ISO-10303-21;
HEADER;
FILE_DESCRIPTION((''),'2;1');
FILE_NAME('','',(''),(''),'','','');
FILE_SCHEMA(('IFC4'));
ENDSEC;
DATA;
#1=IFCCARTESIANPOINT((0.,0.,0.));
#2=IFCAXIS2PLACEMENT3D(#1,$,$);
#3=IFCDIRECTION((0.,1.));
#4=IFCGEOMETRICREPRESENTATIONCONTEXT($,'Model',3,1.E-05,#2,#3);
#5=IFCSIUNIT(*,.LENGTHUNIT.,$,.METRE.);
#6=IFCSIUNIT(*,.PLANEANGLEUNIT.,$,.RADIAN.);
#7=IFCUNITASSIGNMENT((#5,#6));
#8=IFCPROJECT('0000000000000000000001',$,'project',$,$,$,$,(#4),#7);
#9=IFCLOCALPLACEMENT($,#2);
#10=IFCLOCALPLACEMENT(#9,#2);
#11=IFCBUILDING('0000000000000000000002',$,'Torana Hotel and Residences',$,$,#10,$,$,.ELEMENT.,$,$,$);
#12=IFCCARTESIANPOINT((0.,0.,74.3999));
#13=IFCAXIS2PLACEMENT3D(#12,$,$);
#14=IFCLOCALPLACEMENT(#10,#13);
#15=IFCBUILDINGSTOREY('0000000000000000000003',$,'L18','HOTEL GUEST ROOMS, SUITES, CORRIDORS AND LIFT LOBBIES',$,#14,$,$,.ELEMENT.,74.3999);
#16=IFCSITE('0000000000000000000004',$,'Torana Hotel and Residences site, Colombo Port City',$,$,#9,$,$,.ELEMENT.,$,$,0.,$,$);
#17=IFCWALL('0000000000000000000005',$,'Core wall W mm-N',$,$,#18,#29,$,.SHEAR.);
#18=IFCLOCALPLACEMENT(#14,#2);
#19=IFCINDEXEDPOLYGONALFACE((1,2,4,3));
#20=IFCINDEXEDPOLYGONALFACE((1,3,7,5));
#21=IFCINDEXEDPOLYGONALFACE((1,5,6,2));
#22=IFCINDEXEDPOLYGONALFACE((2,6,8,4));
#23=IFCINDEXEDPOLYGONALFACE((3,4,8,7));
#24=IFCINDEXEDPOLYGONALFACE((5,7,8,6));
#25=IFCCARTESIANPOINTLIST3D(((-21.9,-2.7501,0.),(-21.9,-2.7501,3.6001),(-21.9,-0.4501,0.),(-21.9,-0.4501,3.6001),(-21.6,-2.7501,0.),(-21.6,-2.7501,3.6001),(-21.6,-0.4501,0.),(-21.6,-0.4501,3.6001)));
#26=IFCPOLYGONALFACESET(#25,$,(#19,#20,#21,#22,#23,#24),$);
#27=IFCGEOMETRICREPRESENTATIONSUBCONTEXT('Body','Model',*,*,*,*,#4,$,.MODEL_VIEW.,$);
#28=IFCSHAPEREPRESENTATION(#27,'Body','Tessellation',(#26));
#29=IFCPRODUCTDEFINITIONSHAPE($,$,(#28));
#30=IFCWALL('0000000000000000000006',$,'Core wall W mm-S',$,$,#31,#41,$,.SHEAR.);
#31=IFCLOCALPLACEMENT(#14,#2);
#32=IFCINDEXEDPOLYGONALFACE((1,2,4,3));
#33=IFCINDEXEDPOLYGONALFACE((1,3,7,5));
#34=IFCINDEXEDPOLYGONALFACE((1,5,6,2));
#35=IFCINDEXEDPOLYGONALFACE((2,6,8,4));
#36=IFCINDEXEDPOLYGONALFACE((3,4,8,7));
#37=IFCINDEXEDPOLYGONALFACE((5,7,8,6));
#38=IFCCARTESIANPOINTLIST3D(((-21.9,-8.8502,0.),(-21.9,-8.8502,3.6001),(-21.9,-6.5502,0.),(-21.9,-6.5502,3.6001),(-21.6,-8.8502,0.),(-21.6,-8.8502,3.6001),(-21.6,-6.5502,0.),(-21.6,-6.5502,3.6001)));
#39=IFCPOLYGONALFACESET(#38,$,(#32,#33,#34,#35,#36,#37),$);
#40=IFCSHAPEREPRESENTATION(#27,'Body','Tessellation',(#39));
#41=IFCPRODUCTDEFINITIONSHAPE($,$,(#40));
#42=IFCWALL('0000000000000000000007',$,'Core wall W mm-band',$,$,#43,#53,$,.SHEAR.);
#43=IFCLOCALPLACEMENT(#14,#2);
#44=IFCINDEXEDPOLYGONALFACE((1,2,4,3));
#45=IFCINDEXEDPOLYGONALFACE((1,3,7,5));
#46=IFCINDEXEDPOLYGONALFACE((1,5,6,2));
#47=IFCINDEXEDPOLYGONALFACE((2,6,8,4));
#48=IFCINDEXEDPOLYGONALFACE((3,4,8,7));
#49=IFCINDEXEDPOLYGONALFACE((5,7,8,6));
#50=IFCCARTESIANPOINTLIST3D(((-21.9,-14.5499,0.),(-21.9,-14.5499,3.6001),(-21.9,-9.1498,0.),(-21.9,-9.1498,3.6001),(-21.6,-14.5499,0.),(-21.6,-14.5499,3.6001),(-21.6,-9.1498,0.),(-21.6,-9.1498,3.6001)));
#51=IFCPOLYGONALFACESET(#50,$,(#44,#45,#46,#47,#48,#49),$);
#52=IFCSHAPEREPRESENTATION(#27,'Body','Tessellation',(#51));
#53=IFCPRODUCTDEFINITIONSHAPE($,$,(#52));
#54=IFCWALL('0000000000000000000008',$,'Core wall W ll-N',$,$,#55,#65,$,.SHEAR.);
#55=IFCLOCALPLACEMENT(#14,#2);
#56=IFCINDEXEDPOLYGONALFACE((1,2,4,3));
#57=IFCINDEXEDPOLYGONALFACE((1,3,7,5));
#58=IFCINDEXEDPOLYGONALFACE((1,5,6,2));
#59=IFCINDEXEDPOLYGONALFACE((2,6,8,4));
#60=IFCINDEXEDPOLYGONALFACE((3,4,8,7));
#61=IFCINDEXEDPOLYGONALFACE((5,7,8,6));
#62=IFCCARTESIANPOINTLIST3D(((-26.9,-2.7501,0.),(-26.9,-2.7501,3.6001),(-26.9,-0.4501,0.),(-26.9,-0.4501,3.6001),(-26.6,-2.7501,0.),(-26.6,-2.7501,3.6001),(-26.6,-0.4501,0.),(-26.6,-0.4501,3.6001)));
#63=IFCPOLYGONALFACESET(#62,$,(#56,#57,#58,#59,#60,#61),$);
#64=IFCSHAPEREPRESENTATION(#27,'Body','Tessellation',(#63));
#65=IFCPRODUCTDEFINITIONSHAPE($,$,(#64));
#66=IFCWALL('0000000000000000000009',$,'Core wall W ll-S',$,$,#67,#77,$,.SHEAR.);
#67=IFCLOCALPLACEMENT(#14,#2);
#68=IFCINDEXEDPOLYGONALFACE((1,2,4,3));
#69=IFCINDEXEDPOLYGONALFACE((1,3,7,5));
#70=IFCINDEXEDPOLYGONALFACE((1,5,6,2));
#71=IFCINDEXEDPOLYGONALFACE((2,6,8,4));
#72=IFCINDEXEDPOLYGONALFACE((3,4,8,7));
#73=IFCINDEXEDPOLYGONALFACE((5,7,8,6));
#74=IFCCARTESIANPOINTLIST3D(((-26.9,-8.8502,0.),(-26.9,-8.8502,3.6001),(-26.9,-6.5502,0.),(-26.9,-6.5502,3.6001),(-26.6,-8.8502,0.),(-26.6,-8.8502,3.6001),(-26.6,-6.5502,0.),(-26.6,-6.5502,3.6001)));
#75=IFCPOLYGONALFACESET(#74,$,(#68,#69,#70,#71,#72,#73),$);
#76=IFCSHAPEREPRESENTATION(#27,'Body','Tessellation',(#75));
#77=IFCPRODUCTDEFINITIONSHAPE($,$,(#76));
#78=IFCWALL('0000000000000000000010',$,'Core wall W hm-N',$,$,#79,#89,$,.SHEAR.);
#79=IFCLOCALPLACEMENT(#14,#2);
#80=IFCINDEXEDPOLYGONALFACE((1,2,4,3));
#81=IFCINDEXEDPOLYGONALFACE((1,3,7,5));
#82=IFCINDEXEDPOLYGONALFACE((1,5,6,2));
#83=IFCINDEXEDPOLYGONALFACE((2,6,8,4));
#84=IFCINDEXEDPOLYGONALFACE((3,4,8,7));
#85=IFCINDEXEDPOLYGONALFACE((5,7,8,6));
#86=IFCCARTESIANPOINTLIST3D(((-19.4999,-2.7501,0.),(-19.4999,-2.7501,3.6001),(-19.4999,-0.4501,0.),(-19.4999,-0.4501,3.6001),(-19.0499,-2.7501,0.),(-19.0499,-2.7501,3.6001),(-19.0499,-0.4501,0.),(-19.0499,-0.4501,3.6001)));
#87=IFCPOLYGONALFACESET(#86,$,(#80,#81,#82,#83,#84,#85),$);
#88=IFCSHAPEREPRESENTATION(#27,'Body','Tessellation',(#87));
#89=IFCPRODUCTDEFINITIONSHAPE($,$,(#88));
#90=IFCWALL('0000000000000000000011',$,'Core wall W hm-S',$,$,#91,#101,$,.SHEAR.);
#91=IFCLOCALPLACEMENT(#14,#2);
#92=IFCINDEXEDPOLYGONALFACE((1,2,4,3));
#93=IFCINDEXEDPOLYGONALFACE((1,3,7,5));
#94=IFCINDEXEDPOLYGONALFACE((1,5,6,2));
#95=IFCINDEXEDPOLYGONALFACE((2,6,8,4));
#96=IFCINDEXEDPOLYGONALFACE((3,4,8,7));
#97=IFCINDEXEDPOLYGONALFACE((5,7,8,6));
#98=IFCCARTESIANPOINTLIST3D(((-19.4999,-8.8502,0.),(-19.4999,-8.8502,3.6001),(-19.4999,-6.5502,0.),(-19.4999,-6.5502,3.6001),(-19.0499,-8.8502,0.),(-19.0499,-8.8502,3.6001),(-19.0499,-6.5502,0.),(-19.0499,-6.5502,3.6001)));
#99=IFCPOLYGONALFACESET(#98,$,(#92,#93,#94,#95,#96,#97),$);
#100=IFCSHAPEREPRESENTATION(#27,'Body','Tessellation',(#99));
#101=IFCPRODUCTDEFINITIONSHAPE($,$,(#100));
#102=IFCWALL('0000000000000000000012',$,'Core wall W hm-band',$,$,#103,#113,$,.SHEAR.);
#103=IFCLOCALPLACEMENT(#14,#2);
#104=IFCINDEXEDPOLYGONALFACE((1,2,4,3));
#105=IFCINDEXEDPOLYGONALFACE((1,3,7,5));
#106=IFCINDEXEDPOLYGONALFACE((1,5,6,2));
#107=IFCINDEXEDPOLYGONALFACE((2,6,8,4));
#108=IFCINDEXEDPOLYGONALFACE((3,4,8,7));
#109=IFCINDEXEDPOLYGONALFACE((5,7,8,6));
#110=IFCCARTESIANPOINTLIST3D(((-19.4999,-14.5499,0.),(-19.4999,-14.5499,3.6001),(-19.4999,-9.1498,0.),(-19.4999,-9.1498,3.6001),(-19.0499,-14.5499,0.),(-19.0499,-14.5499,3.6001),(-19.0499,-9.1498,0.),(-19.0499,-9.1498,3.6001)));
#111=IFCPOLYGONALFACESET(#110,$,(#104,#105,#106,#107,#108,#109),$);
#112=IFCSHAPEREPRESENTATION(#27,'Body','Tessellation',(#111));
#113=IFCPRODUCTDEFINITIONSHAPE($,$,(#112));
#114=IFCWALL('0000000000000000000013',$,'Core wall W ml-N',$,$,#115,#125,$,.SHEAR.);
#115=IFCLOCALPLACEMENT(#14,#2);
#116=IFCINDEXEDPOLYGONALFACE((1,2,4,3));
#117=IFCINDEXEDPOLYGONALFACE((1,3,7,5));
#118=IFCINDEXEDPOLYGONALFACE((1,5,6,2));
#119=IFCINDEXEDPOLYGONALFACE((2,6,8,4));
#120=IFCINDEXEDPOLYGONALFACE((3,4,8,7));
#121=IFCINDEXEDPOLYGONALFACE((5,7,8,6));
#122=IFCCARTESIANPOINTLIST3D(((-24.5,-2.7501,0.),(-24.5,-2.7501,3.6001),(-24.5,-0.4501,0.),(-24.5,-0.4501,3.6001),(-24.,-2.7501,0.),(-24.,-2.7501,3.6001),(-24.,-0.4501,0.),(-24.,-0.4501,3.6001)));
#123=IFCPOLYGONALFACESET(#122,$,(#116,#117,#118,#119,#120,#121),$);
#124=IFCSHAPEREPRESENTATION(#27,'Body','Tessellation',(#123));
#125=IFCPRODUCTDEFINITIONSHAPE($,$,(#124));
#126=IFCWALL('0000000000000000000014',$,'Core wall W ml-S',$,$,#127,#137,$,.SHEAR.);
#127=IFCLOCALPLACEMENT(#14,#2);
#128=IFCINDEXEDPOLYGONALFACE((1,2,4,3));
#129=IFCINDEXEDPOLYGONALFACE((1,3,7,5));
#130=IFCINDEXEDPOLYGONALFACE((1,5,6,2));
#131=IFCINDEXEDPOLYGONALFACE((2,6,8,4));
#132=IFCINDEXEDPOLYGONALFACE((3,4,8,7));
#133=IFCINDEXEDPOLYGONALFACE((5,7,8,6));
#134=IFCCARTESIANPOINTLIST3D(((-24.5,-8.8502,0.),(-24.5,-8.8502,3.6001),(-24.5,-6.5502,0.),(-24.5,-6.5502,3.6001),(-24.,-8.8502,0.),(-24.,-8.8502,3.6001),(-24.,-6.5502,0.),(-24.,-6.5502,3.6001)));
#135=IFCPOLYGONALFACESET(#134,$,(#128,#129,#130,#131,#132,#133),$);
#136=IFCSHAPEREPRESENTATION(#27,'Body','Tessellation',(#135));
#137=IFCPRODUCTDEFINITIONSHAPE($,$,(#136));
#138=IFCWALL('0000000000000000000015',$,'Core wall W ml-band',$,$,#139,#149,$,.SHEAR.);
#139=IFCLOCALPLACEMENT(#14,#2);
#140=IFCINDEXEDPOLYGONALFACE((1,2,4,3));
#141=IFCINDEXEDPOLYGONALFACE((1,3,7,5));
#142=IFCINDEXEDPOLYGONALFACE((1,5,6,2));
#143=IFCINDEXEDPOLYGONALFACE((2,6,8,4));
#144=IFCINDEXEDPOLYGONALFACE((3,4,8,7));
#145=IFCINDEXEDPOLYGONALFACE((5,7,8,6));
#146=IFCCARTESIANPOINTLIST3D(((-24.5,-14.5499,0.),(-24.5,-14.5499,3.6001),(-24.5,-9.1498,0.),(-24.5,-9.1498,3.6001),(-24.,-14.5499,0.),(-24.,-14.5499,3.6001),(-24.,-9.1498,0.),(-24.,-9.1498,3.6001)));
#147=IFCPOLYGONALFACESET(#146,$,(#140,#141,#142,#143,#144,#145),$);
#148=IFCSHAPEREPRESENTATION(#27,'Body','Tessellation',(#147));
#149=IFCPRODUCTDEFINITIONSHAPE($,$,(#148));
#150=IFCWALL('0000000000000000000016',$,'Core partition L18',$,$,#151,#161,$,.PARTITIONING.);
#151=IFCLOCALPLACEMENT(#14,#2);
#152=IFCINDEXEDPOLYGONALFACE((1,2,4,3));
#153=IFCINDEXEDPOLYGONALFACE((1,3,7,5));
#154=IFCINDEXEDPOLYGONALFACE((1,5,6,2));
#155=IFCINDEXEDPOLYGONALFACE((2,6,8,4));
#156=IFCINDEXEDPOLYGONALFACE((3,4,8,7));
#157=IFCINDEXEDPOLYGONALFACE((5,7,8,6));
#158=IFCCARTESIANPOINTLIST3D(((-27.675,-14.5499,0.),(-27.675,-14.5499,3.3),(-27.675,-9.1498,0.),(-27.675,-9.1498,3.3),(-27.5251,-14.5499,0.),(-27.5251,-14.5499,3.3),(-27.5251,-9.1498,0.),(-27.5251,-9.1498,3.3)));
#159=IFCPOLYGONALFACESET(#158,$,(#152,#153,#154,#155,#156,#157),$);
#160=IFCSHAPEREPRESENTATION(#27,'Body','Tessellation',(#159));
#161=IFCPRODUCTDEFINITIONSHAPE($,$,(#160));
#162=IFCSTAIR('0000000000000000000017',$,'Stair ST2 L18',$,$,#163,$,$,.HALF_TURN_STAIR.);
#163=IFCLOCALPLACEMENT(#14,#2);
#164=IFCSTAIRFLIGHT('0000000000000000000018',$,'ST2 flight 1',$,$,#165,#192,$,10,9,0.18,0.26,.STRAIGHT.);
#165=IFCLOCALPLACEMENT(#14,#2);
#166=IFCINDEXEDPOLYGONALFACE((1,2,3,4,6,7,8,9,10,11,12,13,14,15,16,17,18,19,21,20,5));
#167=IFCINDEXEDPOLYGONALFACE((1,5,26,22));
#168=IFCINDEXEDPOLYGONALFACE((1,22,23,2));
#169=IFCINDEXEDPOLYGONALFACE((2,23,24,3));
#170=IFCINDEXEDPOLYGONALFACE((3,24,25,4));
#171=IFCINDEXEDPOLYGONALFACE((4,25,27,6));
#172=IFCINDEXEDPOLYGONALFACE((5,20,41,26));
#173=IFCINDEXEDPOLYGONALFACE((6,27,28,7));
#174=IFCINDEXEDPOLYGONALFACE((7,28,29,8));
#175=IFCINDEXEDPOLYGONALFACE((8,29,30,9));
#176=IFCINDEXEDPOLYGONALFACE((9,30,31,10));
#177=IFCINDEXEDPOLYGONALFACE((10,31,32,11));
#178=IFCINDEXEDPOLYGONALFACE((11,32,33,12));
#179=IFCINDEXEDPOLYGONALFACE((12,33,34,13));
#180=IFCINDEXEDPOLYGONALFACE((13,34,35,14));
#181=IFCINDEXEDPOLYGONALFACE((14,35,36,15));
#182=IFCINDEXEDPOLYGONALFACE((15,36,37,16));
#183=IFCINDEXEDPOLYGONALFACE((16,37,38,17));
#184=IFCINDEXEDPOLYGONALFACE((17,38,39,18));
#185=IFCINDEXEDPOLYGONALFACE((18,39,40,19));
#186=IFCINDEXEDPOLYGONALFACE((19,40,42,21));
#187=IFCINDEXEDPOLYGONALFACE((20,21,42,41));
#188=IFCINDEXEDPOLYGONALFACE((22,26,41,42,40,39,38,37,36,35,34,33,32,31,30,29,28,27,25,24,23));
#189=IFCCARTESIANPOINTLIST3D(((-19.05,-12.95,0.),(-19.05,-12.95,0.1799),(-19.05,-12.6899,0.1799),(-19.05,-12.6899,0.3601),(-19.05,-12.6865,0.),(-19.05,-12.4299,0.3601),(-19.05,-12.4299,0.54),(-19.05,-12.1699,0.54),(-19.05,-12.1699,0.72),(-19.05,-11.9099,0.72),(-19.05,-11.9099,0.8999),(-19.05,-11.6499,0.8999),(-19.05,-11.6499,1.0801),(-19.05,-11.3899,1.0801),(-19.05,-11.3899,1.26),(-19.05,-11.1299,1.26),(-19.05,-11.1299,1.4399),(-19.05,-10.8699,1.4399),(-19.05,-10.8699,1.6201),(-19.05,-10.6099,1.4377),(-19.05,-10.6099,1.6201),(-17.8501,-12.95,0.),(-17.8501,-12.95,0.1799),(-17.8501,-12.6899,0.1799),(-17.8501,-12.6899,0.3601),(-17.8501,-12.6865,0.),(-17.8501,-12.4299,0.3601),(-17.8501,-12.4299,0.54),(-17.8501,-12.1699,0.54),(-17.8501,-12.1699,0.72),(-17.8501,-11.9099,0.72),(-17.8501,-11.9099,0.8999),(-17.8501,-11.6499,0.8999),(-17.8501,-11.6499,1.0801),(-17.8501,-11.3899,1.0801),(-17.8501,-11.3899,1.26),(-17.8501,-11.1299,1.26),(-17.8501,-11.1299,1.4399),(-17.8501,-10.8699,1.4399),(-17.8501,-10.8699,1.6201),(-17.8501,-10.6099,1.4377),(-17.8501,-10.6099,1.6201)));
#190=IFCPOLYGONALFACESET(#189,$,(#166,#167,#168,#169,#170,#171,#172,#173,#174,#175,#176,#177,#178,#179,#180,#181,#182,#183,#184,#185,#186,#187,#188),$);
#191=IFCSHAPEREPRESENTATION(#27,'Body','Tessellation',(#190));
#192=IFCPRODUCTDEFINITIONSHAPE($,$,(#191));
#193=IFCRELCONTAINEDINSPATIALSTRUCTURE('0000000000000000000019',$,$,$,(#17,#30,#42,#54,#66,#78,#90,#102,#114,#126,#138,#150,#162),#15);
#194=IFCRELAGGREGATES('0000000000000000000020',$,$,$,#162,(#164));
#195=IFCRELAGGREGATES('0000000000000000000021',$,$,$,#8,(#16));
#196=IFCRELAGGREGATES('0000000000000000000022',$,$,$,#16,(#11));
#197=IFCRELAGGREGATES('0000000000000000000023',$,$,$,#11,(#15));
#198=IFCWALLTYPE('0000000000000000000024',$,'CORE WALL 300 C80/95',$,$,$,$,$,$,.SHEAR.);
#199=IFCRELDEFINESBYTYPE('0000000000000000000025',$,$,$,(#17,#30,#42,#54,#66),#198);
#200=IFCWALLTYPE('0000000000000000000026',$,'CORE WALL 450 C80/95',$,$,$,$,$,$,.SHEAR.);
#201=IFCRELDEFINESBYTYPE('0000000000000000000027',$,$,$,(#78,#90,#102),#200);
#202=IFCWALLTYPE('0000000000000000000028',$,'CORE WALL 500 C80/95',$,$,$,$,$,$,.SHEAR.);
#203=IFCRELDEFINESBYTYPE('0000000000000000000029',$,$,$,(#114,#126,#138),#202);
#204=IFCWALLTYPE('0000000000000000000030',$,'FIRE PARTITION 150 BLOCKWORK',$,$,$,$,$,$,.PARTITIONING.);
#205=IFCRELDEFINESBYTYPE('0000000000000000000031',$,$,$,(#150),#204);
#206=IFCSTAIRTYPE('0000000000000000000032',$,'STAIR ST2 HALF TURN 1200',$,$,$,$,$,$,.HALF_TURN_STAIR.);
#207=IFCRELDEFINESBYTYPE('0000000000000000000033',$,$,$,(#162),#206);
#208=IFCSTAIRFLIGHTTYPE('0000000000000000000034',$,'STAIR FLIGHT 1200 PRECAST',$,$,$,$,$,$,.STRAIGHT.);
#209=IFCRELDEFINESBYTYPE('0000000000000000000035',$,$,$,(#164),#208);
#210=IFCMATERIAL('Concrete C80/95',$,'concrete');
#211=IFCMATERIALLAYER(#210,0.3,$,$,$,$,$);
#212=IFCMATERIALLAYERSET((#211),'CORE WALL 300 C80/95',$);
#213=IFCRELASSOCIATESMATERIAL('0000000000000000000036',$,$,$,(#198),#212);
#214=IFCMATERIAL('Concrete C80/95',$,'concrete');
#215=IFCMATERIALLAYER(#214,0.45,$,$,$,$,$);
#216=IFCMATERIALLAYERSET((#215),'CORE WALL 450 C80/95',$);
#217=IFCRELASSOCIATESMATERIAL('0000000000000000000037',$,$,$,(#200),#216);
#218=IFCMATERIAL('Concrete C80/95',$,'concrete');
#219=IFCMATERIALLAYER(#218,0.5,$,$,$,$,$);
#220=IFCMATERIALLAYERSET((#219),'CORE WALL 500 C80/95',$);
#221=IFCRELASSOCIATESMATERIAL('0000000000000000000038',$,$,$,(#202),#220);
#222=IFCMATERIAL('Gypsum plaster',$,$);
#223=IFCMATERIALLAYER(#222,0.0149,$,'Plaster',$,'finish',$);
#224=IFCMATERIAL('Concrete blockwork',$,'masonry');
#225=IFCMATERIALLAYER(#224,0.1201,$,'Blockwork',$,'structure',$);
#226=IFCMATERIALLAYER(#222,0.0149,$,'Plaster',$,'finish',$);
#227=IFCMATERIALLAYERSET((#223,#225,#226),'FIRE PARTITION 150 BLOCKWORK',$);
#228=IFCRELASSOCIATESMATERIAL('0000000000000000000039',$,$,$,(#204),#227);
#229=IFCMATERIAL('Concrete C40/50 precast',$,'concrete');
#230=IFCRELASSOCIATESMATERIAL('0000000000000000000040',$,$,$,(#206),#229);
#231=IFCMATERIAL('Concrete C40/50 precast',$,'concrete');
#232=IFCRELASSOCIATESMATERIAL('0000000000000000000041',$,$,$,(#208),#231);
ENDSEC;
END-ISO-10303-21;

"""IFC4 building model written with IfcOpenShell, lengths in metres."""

from ifc_helpers import new_model, si_unit, direction, frame, frame_2d, origin, place, context, subcontext, project, spatial, polyline, rectangle, outline, extrude, material, layer, layer_set, type_object, element, aggregate, save


model = new_model("IFC4")

# Units and contexts
model_context = context("Model", 3, precision=1e-05, world=origin(), true_north=direction((0.0, 1.0)))
body_context = subcontext(model_context, "Body", "Model", "MODEL_VIEW")
ifc_project = project(units=[si_unit("LENGTHUNIT", "METRE"), si_unit("PLANEANGLEUNIT", "RADIAN")], contexts=[model_context])

# Site, building, storey
site_placement = place(None, origin())
site = spatial("IfcSite", under=ifc_project, at=site_placement, Name="Torana Hotel and Residences site, Colombo Port City", CompositionType="ELEMENT", RefElevation=0.0)
building_placement = place(site_placement, origin())
building = spatial("IfcBuilding", under=site, at=building_placement, Name="Torana Hotel and Residences", CompositionType="ELEMENT")
storey_placement = place(building_placement, frame((0.0, 0.0, 74.3999)))
storey = spatial("IfcBuildingStorey", under=building, at=storey_placement, Name="L18", Description="HOTEL GUEST ROOMS, SUITES, CORRIDORS AND LIFT LOBBIES", CompositionType="ELEMENT", Elevation=74.3999)

# Walls
ifc_material_1 = material(Name="Concrete C80/95", Category="concrete")
ifc_layer_1 = layer(ifc_material_1, 0.3)
ifc_layer_set_1 = layer_set([ifc_layer_1], Name="CORE WALL 300 C80/95")
wall_type_1 = type_object("IfcWallType", Name="CORE WALL 300 C80/95", PredefinedType="SHEAR", material=ifc_layer_set_1)
for number, where, z_axis, x_axis, name in (
    (1, (-21.75, -2.75, 0.0), (0.0, 0.0, 1.0), (0.0, 1.0, 0.0), "Core wall W mm-N"),
    (2, (-21.75, -8.8501, 0.0), (0.0, 0.0, 1.0), (0.0, 1.0, 0.0), "Core wall W mm-S"),
):
    element("IfcWall", number, at=place(storey_placement, frame(where, z_axis=z_axis, x_axis=x_axis)), inside=storey, type_object=wall_type_1, Name=name, PredefinedType="SHEAR", context=body_context, shape_type="SweptSolid", body=[
        extrude(rectangle(XDim=2.3, YDim=0.3, at=frame_2d((1.1499, 0.0))), origin(), (0.0, 0.0, 1.0), 3.6001),
    ])
wall_1_placement = place(storey_placement, frame((-21.75, -14.55, 0.0), z_axis=(0.0, 0.0, 1.0), x_axis=(0.0, 1.0, 0.0)))
element("IfcWall", 3, at=wall_1_placement, inside=storey, type_object=wall_type_1, Name="Core wall W mm-band", PredefinedType="SHEAR", context=body_context, shape_type="SweptSolid", body=[
    extrude(rectangle(XDim=5.4001, YDim=0.3, at=frame_2d((2.7002, 0.0))), origin(), (0.0, 0.0, 1.0), 3.6001),
])
for number, where, z_axis, x_axis, name in (
    (4, (-26.75, -2.75, 0.0), (0.0, 0.0, 1.0), (0.0, 1.0, 0.0), "Core wall W ll-N"),
    (5, (-26.75, -8.8501, 0.0), (0.0, 0.0, 1.0), (0.0, 1.0, 0.0), "Core wall W ll-S"),
):
    element("IfcWall", number, at=place(storey_placement, frame(where, z_axis=z_axis, x_axis=x_axis)), inside=storey, type_object=wall_type_1, Name=name, PredefinedType="SHEAR", context=body_context, shape_type="SweptSolid", body=[
        extrude(rectangle(XDim=2.3, YDim=0.3, at=frame_2d((1.1499, 0.0))), origin(), (0.0, 0.0, 1.0), 3.6001),
    ])
ifc_material_2 = material(Name="Concrete C80/95", Category="concrete")
ifc_layer_2 = layer(ifc_material_2, 0.45)
ifc_layer_set_2 = layer_set([ifc_layer_2], Name="CORE WALL 450 C80/95")
wall_type_2 = type_object("IfcWallType", Name="CORE WALL 450 C80/95", PredefinedType="SHEAR", material=ifc_layer_set_2)
for number, where, z_axis, x_axis, name in (
    (6, (-19.2749, -2.75, 0.0), (0.0, 0.0, 1.0), (0.0, 1.0, 0.0), "Core wall W hm-N"),
    (7, (-19.2749, -8.8501, 0.0), (0.0, 0.0, 1.0), (0.0, 1.0, 0.0), "Core wall W hm-S"),
):
    element("IfcWall", number, at=place(storey_placement, frame(where, z_axis=z_axis, x_axis=x_axis)), inside=storey, type_object=wall_type_2, Name=name, PredefinedType="SHEAR", context=body_context, shape_type="SweptSolid", body=[
        extrude(rectangle(XDim=2.3, YDim=0.45, at=frame_2d((1.1499, 0.0))), origin(), (0.0, 0.0, 1.0), 3.6001),
    ])
wall_2_placement = place(storey_placement, frame((-19.2749, -14.55, 0.0), z_axis=(0.0, 0.0, 1.0), x_axis=(0.0, 1.0, 0.0)))
element("IfcWall", 8, at=wall_2_placement, inside=storey, type_object=wall_type_2, Name="Core wall W hm-band", PredefinedType="SHEAR", context=body_context, shape_type="SweptSolid", body=[
    extrude(rectangle(XDim=5.4001, YDim=0.45, at=frame_2d((2.7002, 0.0))), origin(), (0.0, 0.0, 1.0), 3.6001),
])
ifc_material_3 = material(Name="Concrete C80/95", Category="concrete")
ifc_layer_3 = layer(ifc_material_3, 0.5)
ifc_layer_set_3 = layer_set([ifc_layer_3], Name="CORE WALL 500 C80/95")
wall_type_3 = type_object("IfcWallType", Name="CORE WALL 500 C80/95", PredefinedType="SHEAR", material=ifc_layer_set_3)
for number, where, z_axis, x_axis, name in (
    (9, (-24.25, -2.75, 0.0), (0.0, 0.0, 1.0), (0.0, 1.0, 0.0), "Core wall W ml-N"),
    (10, (-24.25, -8.8501, 0.0), (0.0, 0.0, 1.0), (0.0, 1.0, 0.0), "Core wall W ml-S"),
):
    element("IfcWall", number, at=place(storey_placement, frame(where, z_axis=z_axis, x_axis=x_axis)), inside=storey, type_object=wall_type_3, Name=name, PredefinedType="SHEAR", context=body_context, shape_type="SweptSolid", body=[
        extrude(rectangle(XDim=2.3, YDim=0.5, at=frame_2d((1.1499, 0.0))), origin(), (0.0, 0.0, 1.0), 3.6001),
    ])
wall_3_placement = place(storey_placement, frame((-24.25, -14.55, 0.0), z_axis=(0.0, 0.0, 1.0), x_axis=(0.0, 1.0, 0.0)))
element("IfcWall", 11, at=wall_3_placement, inside=storey, type_object=wall_type_3, Name="Core wall W ml-band", PredefinedType="SHEAR", context=body_context, shape_type="SweptSolid", body=[
    extrude(rectangle(XDim=5.4001, YDim=0.5, at=frame_2d((2.7002, 0.0))), origin(), (0.0, 0.0, 1.0), 3.6001),
])
ifc_material_4 = material(Name="Gypsum plaster")
ifc_layer_4 = layer(ifc_material_4, 0.0149, Name="Plaster", Category="finish")
ifc_material_5 = material(Name="Concrete blockwork", Category="masonry")
ifc_layer_5 = layer(ifc_material_5, 0.1201, Name="Blockwork", Category="structure")
ifc_layer_6 = layer(ifc_material_4, 0.0149, Name="Plaster", Category="finish")
ifc_layer_set_4 = layer_set([ifc_layer_4, ifc_layer_5, ifc_layer_6], Name="FIRE PARTITION 150 BLOCKWORK")
wall_type_4 = type_object("IfcWallType", Name="FIRE PARTITION 150 BLOCKWORK", PredefinedType="PARTITIONING", material=ifc_layer_set_4)
wall_4_placement = place(storey_placement, frame((-27.6001, -14.55, 0.0), z_axis=(0.0, 0.0, 1.0), x_axis=(0.0, 1.0, 0.0)))
element("IfcWall", 12, at=wall_4_placement, inside=storey, type_object=wall_type_4, Name="Core partition L18", PredefinedType="PARTITIONING", context=body_context, shape_type="SweptSolid", body=[
    extrude(rectangle(XDim=5.4001, YDim=0.1499, at=frame_2d((2.7002, 0.0))), origin(), (0.0, 0.0, 1.0), 3.3),
])

# Stair, stair flight
ifc_material_6 = material(Name="Concrete C40/50 precast", Category="concrete")
stair_type = type_object("IfcStairType", Name="STAIR ST2 HALF TURN 1200", PredefinedType="HALF_TURN_STAIR", material=ifc_material_6)
stair_placement = place(storey_placement, origin())
stair = element("IfcStair", 13, at=stair_placement, inside=storey, type_object=stair_type, Name="Stair ST2 L18", PredefinedType="HALF_TURN_STAIR")
ifc_material_7 = material(Name="Concrete C40/50 precast", Category="concrete")
stair_flight_type = type_object("IfcStairFlightType", Name="STAIR FLIGHT 1200 PRECAST", PredefinedType="STRAIGHT", material=ifc_material_7)
stair_flight_placement = place(storey_placement, frame((-18.45, -12.95, 0.0), z_axis=(0.0, 0.0, 1.0), x_axis=(0.0, 1.0, 0.0)))
stair_flight = element("IfcStairFlight", 14, at=stair_flight_placement, type_object=stair_flight_type, Name="ST2 flight 1", NumberOfRisers=10, NumberOfTreads=9, PredefinedType="STRAIGHT", RiserHeight=0.18, TreadLength=0.26, context=body_context, shape_type="SweptSolid", body=[
    extrude(outline(polyline([(0.0, 0.0), (0.0, 0.1799), (0.26, 0.1799), (0.26, 0.3601), (0.52, 0.3601), (0.52, 0.54), (0.78, 0.54), (0.78, 0.72), (1.04, 0.72), (1.04, 0.8999), (1.3, 0.8999), (1.3, 1.0801), (1.5601, 1.0801), (1.5601, 1.26), (1.8201, 1.26), (1.8201, 1.4399), (2.0801, 1.4399), (2.0801, 1.6201), (2.3401, 1.6201), (2.3401, 1.8), (2.3401, 1.4377), (0.2634, 0.0), (0.0, 0.0)])), frame((0.0, 0.6001, 0.0), z_axis=(0.0, -1.0, 0.0), x_axis=(1.0, 0.0, 0.0)), (0.0, 0.0, 1.0), 1.2),
])
aggregate(stair, [stair_flight])

save(model, "model.ifc")
